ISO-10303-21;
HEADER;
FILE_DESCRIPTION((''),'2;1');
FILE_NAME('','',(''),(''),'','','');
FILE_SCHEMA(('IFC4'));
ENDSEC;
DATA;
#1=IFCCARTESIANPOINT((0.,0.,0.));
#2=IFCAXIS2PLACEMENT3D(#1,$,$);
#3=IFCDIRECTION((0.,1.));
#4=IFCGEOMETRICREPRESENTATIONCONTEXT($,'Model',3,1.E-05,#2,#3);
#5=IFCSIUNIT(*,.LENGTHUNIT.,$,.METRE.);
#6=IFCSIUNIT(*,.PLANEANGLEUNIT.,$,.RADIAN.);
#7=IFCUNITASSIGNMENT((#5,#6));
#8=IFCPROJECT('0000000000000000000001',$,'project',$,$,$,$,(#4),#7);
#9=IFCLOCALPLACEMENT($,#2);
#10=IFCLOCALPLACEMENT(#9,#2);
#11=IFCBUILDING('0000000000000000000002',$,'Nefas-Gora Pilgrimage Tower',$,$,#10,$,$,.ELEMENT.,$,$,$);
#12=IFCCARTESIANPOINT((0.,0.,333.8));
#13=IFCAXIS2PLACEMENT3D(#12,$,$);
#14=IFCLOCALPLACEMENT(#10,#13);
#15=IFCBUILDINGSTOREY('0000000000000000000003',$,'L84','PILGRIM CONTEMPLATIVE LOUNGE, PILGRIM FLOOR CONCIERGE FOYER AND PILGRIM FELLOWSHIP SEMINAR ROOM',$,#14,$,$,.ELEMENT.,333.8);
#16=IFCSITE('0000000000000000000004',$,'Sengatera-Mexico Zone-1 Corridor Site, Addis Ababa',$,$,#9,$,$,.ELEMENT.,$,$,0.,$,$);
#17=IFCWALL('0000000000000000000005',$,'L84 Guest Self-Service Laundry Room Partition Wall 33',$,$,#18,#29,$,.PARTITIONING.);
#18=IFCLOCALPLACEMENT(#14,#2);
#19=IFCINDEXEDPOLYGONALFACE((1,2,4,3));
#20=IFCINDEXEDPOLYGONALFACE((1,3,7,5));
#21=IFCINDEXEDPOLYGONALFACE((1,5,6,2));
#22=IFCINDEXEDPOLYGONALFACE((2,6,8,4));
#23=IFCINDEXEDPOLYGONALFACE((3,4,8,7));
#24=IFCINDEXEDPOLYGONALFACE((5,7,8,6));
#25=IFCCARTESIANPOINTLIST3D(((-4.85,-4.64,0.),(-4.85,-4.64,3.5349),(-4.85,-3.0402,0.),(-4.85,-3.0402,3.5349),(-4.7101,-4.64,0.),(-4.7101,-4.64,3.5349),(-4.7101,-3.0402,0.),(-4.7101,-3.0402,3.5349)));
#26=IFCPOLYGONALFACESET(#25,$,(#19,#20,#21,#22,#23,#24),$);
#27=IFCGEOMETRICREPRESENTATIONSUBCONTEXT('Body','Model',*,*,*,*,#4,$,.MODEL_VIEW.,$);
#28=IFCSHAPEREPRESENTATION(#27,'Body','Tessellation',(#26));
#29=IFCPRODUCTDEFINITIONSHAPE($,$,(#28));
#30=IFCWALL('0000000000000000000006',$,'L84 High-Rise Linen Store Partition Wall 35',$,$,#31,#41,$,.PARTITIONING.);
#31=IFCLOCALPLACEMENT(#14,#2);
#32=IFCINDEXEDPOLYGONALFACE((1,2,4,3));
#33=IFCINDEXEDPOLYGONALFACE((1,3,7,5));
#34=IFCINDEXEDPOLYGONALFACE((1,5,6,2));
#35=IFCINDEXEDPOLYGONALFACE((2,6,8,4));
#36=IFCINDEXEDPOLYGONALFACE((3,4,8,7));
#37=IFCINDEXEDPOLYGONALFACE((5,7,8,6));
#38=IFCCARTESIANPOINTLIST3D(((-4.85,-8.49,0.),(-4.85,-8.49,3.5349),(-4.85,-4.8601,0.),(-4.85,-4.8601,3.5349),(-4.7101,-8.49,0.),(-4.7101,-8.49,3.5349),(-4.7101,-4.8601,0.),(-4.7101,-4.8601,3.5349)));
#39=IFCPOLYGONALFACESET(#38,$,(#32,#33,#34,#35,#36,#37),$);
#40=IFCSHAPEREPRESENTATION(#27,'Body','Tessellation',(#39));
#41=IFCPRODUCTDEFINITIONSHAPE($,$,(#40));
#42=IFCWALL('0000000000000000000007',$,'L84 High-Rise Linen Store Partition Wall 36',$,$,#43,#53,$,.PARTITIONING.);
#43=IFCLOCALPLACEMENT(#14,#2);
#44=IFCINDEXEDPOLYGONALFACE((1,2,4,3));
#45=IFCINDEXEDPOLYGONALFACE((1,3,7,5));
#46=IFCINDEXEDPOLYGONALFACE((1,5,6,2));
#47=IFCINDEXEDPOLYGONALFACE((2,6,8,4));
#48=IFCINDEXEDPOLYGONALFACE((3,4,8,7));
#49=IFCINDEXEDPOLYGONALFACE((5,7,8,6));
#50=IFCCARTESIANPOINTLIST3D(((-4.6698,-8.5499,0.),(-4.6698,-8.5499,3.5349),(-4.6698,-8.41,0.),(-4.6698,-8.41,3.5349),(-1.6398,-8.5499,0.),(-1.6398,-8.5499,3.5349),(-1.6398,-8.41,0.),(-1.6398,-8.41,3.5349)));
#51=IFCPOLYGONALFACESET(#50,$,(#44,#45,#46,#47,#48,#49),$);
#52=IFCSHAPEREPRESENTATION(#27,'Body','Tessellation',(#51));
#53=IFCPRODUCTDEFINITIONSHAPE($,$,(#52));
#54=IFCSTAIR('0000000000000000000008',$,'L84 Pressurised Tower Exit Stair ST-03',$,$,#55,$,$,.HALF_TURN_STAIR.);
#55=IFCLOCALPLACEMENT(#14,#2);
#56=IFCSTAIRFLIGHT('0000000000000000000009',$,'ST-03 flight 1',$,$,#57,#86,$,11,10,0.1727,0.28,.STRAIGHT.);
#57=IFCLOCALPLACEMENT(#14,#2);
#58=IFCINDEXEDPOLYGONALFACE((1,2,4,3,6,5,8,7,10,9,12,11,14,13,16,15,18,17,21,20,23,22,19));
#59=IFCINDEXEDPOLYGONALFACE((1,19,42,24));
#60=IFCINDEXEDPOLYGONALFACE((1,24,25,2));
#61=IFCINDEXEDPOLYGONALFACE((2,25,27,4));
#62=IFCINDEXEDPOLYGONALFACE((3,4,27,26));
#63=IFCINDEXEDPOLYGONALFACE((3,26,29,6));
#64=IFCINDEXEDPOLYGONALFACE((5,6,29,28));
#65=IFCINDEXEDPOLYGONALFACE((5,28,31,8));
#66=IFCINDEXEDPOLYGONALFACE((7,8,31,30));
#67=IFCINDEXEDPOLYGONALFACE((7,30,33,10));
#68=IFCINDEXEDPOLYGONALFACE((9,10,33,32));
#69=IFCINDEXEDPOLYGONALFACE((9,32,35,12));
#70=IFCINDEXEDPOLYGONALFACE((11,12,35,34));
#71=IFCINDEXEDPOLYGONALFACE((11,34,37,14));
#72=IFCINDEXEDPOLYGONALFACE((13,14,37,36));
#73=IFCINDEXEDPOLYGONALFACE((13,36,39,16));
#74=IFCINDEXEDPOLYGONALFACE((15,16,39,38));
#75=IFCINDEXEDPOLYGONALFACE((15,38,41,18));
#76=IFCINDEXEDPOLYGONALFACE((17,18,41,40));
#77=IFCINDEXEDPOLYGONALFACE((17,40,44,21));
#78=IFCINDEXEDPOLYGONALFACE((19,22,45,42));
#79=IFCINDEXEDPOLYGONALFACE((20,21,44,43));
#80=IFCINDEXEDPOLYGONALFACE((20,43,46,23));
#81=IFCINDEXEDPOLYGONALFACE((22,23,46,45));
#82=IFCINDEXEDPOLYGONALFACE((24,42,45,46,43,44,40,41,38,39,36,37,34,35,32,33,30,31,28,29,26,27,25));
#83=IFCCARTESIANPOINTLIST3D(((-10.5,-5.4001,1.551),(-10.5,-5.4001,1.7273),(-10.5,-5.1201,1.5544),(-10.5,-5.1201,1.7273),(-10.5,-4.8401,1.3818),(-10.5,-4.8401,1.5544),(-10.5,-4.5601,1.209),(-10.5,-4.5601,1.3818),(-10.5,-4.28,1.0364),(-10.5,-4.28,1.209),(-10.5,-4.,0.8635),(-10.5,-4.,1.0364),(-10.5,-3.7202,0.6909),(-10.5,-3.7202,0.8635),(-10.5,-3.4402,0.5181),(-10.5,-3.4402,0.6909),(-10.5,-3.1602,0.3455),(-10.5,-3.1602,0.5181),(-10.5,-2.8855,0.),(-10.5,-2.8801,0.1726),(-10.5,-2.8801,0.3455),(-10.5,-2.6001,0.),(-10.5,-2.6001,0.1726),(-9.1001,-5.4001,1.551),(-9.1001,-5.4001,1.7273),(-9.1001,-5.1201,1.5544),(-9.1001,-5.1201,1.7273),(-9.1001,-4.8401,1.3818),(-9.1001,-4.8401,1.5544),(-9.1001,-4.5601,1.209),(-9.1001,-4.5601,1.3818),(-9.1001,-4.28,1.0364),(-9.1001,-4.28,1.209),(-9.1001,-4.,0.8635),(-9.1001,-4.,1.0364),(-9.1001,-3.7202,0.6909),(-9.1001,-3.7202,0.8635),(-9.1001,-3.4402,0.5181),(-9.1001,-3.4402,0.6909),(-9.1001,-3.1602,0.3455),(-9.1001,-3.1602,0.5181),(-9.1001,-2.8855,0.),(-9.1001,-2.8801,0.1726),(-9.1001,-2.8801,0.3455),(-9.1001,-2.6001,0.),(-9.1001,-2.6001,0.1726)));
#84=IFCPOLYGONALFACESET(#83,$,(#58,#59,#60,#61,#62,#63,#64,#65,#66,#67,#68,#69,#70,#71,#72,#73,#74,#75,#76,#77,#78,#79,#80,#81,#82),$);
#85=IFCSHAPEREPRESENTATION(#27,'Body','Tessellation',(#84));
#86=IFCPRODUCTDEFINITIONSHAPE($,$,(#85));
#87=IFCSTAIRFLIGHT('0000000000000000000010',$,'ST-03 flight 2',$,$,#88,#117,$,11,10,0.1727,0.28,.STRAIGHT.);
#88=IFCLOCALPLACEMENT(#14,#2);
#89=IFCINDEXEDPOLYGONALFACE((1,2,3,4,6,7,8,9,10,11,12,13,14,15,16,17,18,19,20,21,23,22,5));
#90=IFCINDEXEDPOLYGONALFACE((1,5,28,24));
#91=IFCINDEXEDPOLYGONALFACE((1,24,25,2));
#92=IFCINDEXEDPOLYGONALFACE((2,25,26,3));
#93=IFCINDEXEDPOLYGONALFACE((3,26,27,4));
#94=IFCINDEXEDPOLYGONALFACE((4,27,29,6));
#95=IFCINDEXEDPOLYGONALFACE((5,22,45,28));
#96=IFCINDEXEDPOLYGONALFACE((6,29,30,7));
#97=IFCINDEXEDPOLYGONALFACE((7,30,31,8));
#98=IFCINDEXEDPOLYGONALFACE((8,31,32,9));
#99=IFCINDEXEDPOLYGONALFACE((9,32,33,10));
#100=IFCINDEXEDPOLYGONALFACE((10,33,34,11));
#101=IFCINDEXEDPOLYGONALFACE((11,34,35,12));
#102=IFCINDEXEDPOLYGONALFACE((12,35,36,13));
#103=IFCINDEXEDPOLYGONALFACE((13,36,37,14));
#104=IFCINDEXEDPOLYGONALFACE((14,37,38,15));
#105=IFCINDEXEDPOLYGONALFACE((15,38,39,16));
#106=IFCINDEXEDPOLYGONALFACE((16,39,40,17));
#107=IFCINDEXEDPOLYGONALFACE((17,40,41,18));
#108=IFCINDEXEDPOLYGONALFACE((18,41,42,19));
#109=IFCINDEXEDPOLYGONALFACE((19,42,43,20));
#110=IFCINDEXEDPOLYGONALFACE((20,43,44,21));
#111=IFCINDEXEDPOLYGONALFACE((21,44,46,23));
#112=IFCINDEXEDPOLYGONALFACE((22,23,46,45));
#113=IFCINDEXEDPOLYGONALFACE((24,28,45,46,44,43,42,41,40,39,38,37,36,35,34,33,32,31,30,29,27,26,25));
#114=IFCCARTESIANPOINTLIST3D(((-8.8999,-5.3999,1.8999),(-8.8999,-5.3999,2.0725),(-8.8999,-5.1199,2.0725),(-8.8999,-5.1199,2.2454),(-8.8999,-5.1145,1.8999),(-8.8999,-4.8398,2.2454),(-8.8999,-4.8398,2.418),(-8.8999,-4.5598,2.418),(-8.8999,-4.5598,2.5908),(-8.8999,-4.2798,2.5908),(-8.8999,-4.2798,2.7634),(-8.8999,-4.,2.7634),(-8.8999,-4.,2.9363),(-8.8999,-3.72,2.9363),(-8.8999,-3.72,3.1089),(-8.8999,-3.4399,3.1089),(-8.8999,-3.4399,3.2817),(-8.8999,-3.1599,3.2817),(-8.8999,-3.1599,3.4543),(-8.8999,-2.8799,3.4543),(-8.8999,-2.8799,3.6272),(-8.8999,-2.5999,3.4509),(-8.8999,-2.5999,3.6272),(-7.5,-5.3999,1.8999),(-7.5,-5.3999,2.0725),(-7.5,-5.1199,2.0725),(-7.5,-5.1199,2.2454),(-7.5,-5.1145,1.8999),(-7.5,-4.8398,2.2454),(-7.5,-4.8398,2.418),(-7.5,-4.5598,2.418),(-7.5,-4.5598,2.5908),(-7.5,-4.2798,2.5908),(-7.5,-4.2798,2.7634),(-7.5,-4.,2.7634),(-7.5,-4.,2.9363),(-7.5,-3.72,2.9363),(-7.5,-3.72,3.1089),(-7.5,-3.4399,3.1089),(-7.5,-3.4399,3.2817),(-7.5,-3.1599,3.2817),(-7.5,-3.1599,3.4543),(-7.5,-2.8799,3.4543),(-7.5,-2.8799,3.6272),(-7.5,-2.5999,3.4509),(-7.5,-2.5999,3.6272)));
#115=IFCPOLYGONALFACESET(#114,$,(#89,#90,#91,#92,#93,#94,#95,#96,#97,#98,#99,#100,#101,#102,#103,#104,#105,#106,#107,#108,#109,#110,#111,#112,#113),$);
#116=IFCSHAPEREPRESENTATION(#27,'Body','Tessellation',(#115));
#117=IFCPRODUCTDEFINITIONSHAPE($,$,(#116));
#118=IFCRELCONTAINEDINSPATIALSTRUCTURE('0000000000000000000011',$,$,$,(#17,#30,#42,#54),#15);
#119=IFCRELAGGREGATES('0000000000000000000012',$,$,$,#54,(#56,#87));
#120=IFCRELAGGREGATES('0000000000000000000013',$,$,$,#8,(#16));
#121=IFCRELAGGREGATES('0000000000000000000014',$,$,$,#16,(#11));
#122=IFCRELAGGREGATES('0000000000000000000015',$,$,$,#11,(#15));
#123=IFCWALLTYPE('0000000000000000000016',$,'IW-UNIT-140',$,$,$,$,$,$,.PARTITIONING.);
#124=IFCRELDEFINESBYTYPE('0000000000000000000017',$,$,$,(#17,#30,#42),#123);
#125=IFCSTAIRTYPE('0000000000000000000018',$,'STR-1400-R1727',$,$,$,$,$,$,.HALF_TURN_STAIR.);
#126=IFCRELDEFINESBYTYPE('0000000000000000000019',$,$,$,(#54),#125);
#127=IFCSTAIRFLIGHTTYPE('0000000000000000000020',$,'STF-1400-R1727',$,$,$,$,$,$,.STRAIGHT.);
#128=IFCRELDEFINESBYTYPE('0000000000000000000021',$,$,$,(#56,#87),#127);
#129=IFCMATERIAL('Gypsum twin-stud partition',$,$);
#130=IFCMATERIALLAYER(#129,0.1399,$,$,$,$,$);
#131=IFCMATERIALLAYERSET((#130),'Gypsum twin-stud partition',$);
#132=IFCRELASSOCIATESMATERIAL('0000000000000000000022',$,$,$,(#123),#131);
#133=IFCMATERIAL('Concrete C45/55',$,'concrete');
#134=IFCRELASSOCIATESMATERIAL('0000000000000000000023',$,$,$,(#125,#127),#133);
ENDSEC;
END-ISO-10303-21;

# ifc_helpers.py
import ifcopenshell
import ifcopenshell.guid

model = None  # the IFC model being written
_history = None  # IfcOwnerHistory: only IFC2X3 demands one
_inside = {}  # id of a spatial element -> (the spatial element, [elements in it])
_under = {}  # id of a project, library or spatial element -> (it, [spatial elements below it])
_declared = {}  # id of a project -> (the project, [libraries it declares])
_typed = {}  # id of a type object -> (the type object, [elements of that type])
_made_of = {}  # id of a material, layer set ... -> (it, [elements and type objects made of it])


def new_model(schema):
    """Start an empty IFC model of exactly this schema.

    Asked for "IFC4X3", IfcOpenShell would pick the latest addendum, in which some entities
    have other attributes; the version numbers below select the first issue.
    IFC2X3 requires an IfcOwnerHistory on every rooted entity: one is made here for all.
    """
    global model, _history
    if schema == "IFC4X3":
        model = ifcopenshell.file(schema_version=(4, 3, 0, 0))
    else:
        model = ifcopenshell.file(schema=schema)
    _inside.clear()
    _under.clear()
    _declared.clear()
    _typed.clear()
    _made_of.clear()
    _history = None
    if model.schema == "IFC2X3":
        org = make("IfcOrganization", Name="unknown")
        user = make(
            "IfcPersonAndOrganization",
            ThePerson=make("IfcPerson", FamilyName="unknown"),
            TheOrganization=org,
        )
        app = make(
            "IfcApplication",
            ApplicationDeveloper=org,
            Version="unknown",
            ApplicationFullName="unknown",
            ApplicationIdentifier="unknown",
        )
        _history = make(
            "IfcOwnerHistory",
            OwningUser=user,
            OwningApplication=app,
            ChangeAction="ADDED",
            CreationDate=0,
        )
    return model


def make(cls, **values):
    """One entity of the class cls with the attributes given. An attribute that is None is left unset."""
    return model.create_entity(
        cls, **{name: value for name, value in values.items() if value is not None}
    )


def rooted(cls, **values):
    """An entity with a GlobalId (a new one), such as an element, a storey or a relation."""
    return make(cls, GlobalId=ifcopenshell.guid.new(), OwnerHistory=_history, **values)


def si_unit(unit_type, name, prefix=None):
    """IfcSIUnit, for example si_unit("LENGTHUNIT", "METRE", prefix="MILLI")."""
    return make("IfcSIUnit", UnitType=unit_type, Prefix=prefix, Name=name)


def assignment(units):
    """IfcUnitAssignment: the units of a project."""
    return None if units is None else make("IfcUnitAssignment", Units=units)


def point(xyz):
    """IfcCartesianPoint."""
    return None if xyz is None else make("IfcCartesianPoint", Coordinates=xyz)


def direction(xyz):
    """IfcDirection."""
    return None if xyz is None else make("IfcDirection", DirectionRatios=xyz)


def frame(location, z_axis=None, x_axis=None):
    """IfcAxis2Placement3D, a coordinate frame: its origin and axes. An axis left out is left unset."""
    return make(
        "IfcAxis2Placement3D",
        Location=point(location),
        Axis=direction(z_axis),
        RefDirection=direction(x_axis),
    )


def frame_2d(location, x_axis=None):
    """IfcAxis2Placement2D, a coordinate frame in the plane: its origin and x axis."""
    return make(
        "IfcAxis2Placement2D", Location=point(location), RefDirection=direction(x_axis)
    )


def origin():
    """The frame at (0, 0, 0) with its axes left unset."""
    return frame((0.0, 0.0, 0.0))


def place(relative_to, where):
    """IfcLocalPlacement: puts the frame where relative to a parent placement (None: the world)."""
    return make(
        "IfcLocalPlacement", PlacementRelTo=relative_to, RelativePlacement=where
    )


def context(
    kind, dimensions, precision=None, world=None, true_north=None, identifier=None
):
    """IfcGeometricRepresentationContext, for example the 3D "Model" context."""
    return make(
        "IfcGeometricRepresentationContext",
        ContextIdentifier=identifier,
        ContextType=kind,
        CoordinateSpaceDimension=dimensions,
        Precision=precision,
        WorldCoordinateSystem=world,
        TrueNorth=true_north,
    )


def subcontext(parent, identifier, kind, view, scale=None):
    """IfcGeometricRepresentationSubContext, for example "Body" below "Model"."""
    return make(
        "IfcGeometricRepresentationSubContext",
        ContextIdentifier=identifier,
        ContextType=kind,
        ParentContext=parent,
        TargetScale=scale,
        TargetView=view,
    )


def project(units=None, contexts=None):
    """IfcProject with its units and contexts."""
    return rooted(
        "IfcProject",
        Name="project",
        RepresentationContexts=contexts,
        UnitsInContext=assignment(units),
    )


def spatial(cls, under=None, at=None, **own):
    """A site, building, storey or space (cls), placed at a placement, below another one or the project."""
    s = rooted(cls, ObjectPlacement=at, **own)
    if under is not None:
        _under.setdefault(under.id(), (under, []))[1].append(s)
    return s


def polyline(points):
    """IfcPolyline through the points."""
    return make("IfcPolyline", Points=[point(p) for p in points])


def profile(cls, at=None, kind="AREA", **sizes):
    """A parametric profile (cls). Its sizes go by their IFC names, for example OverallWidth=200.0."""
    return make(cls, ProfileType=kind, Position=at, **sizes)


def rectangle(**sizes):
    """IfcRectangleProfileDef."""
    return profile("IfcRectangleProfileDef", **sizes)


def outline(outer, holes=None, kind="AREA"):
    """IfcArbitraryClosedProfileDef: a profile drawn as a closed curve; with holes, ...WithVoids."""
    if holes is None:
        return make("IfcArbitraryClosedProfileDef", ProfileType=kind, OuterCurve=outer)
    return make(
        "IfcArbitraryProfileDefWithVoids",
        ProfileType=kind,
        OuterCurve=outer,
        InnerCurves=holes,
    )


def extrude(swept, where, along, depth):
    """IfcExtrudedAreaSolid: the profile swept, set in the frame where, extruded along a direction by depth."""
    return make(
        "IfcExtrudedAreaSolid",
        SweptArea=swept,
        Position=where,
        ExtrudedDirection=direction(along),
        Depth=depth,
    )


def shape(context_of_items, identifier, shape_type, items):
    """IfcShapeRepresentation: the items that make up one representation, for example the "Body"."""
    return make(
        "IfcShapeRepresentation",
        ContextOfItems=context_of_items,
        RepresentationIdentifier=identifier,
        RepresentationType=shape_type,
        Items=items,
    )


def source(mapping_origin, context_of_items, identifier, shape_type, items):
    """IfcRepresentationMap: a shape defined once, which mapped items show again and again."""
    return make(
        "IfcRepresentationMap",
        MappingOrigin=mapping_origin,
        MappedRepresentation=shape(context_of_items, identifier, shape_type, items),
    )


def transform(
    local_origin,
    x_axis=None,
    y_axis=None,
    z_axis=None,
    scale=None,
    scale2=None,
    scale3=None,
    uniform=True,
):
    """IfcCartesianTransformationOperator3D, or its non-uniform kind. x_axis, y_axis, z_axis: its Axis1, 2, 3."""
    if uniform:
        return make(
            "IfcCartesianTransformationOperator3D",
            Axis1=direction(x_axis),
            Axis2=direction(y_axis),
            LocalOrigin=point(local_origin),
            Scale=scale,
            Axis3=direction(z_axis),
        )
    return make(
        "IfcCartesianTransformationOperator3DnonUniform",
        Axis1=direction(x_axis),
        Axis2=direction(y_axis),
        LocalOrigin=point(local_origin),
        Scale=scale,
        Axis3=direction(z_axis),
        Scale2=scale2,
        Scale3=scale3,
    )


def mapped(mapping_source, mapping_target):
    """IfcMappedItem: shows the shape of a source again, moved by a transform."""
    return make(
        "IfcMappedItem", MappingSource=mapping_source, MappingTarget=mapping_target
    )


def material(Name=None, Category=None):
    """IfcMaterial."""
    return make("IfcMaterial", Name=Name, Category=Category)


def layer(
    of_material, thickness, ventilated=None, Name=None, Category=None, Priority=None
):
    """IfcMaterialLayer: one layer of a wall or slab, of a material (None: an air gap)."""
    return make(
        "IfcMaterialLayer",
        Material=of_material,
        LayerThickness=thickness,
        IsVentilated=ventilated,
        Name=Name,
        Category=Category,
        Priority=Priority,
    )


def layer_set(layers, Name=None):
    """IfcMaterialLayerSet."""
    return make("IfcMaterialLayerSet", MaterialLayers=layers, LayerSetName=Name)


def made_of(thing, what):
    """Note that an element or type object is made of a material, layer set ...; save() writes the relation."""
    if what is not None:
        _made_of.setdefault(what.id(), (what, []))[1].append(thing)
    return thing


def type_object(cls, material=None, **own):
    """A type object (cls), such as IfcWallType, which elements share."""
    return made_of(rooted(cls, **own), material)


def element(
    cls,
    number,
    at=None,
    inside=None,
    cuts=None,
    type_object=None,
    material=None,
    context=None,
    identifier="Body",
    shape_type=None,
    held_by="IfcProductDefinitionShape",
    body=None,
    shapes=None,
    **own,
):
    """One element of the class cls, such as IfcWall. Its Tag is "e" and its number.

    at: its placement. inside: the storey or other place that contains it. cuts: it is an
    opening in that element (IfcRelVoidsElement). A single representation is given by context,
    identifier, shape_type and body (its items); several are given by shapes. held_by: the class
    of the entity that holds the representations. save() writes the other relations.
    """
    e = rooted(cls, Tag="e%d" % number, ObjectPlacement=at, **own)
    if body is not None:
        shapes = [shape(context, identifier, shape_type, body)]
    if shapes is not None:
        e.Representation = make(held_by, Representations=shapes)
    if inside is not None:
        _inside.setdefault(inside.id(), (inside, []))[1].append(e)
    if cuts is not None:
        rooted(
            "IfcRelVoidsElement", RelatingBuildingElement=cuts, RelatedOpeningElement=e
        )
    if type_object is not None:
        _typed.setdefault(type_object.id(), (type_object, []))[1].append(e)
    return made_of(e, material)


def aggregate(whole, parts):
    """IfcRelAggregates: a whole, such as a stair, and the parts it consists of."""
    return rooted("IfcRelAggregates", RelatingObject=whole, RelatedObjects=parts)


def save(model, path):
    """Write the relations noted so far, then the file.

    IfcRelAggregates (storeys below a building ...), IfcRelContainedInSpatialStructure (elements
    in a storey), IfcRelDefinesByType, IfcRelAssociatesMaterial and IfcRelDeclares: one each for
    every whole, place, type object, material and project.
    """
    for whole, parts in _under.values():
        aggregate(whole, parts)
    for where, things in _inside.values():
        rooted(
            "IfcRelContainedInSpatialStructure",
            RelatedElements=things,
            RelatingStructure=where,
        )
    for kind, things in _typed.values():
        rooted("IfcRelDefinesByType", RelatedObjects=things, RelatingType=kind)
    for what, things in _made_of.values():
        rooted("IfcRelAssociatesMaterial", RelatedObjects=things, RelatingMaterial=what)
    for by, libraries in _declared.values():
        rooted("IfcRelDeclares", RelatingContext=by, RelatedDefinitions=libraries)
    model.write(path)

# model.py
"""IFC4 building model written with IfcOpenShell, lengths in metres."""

from ifc_helpers import new_model, si_unit, direction, frame, frame_2d, origin, place, context, subcontext, project, spatial, polyline, rectangle, outline, extrude, source, transform, mapped, material, layer, layer_set, type_object, element, aggregate, save


model = new_model("IFC4")

# Units and contexts
model_context = context("Model", 3, precision=1e-05, world=origin(), true_north=direction((0.0, 1.0)))
body_context = subcontext(model_context, "Body", "Model", "MODEL_VIEW")
ifc_project = project(units=[si_unit("LENGTHUNIT", "METRE"), si_unit("PLANEANGLEUNIT", "RADIAN")], contexts=[model_context])

# Site, building, storey
site_placement = place(None, origin())
site = spatial("IfcSite", under=ifc_project, at=site_placement, Name="Sengatera-Mexico Zone-1 Corridor Site, Addis Ababa", CompositionType="ELEMENT", RefElevation=0.0)
building_placement = place(site_placement, origin())
building = spatial("IfcBuilding", under=site, at=building_placement, Name="Nefas-Gora Pilgrimage Tower", CompositionType="ELEMENT")
storey_placement = place(building_placement, frame((0.0, 0.0, 333.8)))
storey = spatial("IfcBuildingStorey", under=building, at=storey_placement, Name="L84", Description="PILGRIM CONTEMPLATIVE LOUNGE, PILGRIM FLOOR CONCIERGE FOYER AND PILGRIM FELLOWSHIP SEMINAR ROOM", CompositionType="ELEMENT", Elevation=333.8)

# Shared definitions
ifc_material_1 = material(Name="Concrete C45/55", Category="concrete")

# Walls
ifc_material_2 = material(Name="Gypsum twin-stud partition")
ifc_layer_1 = layer(ifc_material_2, 0.1399)
ifc_layer_set_1 = layer_set([ifc_layer_1], Name="Gypsum twin-stud partition")
wall_type_1 = type_object("IfcWallType", Name="IW-UNIT-140", PredefinedType="PARTITIONING", material=ifc_layer_set_1)
shared_shape_1 = source(origin(), body_context, "Body", "SweptSolid", [
    extrude(rectangle(XDim=1.5999, YDim=0.1399, at=frame_2d((0.7998, 0.0))), origin(), (0.0, 0.0, 1.0), 3.5349),
])
wall_1_placement = place(storey_placement, frame((-4.78, -4.6399, 0.0), z_axis=(0.0, 0.0, 1.0), x_axis=(0.0, 1.0, 0.0)))
element("IfcWall", 1, at=wall_1_placement, inside=storey, type_object=wall_type_1, Name="L84 Guest Self-Service Laundry Room Partition Wall 33", PredefinedType="PARTITIONING", context=body_context, shape_type="MappedRepresentation", body=[
    mapped(shared_shape_1, transform((0.0, 0.0, 0.0), x_axis=(1.0, 0.0, 0.0), y_axis=(0.0, 1.0, 0.0), z_axis=(0.0, 0.0, 1.0), scale=1.0)),
])
shared_shape_2 = source(origin(), body_context, "Body", "SweptSolid", [
    extrude(rectangle(XDim=3.6299, YDim=0.1399, at=frame_2d((1.8149, 0.0))), origin(), (0.0, 0.0, 1.0), 3.5349),
])
wall_2_placement = place(storey_placement, frame((-4.78, -8.49, 0.0), z_axis=(0.0, 0.0, 1.0), x_axis=(0.0, 1.0, 0.0)))
element("IfcWall", 2, at=wall_2_placement, inside=storey, type_object=wall_type_1, Name="L84 High-Rise Linen Store Partition Wall 35", PredefinedType="PARTITIONING", context=body_context, shape_type="MappedRepresentation", body=[
    mapped(shared_shape_2, transform((0.0, 0.0, 0.0), x_axis=(1.0, 0.0, 0.0), y_axis=(0.0, 1.0, 0.0), z_axis=(0.0, 0.0, 1.0), scale=1.0)),
])
shared_shape_3 = source(origin(), body_context, "Body", "SweptSolid", [
    extrude(rectangle(XDim=3.03, YDim=0.1399, at=frame_2d((1.5151, 0.0))), origin(), (0.0, 0.0, 1.0), 3.5349),
])
wall_3_placement = place(storey_placement, frame((-4.6699, -8.48, 0.0), z_axis=(0.0, 0.0, 1.0), x_axis=(1.0, 0.0, 0.0)))
element("IfcWall", 3, at=wall_3_placement, inside=storey, type_object=wall_type_1, Name="L84 High-Rise Linen Store Partition Wall 36", PredefinedType="PARTITIONING", context=body_context, shape_type="MappedRepresentation", body=[
    mapped(shared_shape_3, transform((0.0, 0.0, 0.0), x_axis=(1.0, 0.0, 0.0), y_axis=(0.0, 1.0, 0.0), z_axis=(0.0, 0.0, 1.0), scale=1.0)),
])

# Stair, stair flights
stair_type = type_object("IfcStairType", Name="STR-1400-R1727", PredefinedType="HALF_TURN_STAIR", material=ifc_material_1)
stair_placement = place(storey_placement, origin())
stair = element("IfcStair", 4, at=stair_placement, inside=storey, type_object=stair_type, Name="L84 Pressurised Tower Exit Stair ST-03", PredefinedType="HALF_TURN_STAIR")
stair_flight_type = type_object("IfcStairFlightType", Name="STF-1400-R1727", PredefinedType="STRAIGHT", material=ifc_material_1)
shared_shape_4 = source(origin(), body_context, "Body", "SweptSolid", [
    extrude(outline(polyline([(0.0, 0.0), (0.0, 0.1726), (0.28, 0.1726), (0.28, 0.3455), (0.5601, 0.3455), (0.5601, 0.5181), (0.8401, 0.5181), (0.8401, 0.6909), (1.1201, 0.6909), (1.1201, 0.8635), (1.3999, 0.8635), (1.3999, 1.0364), (1.6799, 1.0364), (1.6799, 1.209), (1.96, 1.209), (1.96, 1.3818), (2.24, 1.3818), (2.24, 1.5544), (2.52, 1.5544), (2.52, 1.7273), (2.8, 1.7273), (2.8, 1.8999), (2.8, 1.551), (0.2854, 0.0), (0.0, 0.0)])), frame((0.0, 0.7, 0.0), z_axis=(0.0, -1.0, 0.0), x_axis=(1.0, 0.0, 0.0)), (0.0, 0.0, 1.0), 1.3999),
])
stair_flight_1_placement = place(storey_placement, frame((-9.8, -2.6001, 0.0), z_axis=(0.0, 0.0, 1.0), x_axis=(0.0, -1.0, 0.0)))
stair_flight_1 = element("IfcStairFlight", 5, at=stair_flight_1_placement, type_object=stair_flight_type, Name="ST-03 flight 1", NumberOfRisers=11, NumberOfTreads=10, PredefinedType="STRAIGHT", RiserHeight=0.1727, TreadLength=0.28, context=body_context, shape_type="MappedRepresentation", body=[
    mapped(shared_shape_4, transform((0.0, 0.0, 0.0), x_axis=(1.0, 0.0, 0.0), y_axis=(0.0, 1.0, 0.0), z_axis=(0.0, 0.0, 1.0), scale=1.0)),
])
stair_flight_2_placement = place(storey_placement, frame((-8.2, -5.3999, 1.8999), z_axis=(0.0, 0.0, 1.0), x_axis=(0.0, 1.0, 0.0)))
stair_flight_2 = element("IfcStairFlight", 6, at=stair_flight_2_placement, type_object=stair_flight_type, Name="ST-03 flight 2", NumberOfRisers=11, NumberOfTreads=10, PredefinedType="STRAIGHT", RiserHeight=0.1727, TreadLength=0.28, context=body_context, shape_type="MappedRepresentation", body=[
    mapped(shared_shape_4, transform((0.0, 0.0, 0.0), x_axis=(1.0, 0.0, 0.0), y_axis=(0.0, 1.0, 0.0), z_axis=(0.0, 0.0, 1.0), scale=1.0)),
])
aggregate(stair, [stair_flight_1, stair_flight_2])

save(model, "model.ifc")
